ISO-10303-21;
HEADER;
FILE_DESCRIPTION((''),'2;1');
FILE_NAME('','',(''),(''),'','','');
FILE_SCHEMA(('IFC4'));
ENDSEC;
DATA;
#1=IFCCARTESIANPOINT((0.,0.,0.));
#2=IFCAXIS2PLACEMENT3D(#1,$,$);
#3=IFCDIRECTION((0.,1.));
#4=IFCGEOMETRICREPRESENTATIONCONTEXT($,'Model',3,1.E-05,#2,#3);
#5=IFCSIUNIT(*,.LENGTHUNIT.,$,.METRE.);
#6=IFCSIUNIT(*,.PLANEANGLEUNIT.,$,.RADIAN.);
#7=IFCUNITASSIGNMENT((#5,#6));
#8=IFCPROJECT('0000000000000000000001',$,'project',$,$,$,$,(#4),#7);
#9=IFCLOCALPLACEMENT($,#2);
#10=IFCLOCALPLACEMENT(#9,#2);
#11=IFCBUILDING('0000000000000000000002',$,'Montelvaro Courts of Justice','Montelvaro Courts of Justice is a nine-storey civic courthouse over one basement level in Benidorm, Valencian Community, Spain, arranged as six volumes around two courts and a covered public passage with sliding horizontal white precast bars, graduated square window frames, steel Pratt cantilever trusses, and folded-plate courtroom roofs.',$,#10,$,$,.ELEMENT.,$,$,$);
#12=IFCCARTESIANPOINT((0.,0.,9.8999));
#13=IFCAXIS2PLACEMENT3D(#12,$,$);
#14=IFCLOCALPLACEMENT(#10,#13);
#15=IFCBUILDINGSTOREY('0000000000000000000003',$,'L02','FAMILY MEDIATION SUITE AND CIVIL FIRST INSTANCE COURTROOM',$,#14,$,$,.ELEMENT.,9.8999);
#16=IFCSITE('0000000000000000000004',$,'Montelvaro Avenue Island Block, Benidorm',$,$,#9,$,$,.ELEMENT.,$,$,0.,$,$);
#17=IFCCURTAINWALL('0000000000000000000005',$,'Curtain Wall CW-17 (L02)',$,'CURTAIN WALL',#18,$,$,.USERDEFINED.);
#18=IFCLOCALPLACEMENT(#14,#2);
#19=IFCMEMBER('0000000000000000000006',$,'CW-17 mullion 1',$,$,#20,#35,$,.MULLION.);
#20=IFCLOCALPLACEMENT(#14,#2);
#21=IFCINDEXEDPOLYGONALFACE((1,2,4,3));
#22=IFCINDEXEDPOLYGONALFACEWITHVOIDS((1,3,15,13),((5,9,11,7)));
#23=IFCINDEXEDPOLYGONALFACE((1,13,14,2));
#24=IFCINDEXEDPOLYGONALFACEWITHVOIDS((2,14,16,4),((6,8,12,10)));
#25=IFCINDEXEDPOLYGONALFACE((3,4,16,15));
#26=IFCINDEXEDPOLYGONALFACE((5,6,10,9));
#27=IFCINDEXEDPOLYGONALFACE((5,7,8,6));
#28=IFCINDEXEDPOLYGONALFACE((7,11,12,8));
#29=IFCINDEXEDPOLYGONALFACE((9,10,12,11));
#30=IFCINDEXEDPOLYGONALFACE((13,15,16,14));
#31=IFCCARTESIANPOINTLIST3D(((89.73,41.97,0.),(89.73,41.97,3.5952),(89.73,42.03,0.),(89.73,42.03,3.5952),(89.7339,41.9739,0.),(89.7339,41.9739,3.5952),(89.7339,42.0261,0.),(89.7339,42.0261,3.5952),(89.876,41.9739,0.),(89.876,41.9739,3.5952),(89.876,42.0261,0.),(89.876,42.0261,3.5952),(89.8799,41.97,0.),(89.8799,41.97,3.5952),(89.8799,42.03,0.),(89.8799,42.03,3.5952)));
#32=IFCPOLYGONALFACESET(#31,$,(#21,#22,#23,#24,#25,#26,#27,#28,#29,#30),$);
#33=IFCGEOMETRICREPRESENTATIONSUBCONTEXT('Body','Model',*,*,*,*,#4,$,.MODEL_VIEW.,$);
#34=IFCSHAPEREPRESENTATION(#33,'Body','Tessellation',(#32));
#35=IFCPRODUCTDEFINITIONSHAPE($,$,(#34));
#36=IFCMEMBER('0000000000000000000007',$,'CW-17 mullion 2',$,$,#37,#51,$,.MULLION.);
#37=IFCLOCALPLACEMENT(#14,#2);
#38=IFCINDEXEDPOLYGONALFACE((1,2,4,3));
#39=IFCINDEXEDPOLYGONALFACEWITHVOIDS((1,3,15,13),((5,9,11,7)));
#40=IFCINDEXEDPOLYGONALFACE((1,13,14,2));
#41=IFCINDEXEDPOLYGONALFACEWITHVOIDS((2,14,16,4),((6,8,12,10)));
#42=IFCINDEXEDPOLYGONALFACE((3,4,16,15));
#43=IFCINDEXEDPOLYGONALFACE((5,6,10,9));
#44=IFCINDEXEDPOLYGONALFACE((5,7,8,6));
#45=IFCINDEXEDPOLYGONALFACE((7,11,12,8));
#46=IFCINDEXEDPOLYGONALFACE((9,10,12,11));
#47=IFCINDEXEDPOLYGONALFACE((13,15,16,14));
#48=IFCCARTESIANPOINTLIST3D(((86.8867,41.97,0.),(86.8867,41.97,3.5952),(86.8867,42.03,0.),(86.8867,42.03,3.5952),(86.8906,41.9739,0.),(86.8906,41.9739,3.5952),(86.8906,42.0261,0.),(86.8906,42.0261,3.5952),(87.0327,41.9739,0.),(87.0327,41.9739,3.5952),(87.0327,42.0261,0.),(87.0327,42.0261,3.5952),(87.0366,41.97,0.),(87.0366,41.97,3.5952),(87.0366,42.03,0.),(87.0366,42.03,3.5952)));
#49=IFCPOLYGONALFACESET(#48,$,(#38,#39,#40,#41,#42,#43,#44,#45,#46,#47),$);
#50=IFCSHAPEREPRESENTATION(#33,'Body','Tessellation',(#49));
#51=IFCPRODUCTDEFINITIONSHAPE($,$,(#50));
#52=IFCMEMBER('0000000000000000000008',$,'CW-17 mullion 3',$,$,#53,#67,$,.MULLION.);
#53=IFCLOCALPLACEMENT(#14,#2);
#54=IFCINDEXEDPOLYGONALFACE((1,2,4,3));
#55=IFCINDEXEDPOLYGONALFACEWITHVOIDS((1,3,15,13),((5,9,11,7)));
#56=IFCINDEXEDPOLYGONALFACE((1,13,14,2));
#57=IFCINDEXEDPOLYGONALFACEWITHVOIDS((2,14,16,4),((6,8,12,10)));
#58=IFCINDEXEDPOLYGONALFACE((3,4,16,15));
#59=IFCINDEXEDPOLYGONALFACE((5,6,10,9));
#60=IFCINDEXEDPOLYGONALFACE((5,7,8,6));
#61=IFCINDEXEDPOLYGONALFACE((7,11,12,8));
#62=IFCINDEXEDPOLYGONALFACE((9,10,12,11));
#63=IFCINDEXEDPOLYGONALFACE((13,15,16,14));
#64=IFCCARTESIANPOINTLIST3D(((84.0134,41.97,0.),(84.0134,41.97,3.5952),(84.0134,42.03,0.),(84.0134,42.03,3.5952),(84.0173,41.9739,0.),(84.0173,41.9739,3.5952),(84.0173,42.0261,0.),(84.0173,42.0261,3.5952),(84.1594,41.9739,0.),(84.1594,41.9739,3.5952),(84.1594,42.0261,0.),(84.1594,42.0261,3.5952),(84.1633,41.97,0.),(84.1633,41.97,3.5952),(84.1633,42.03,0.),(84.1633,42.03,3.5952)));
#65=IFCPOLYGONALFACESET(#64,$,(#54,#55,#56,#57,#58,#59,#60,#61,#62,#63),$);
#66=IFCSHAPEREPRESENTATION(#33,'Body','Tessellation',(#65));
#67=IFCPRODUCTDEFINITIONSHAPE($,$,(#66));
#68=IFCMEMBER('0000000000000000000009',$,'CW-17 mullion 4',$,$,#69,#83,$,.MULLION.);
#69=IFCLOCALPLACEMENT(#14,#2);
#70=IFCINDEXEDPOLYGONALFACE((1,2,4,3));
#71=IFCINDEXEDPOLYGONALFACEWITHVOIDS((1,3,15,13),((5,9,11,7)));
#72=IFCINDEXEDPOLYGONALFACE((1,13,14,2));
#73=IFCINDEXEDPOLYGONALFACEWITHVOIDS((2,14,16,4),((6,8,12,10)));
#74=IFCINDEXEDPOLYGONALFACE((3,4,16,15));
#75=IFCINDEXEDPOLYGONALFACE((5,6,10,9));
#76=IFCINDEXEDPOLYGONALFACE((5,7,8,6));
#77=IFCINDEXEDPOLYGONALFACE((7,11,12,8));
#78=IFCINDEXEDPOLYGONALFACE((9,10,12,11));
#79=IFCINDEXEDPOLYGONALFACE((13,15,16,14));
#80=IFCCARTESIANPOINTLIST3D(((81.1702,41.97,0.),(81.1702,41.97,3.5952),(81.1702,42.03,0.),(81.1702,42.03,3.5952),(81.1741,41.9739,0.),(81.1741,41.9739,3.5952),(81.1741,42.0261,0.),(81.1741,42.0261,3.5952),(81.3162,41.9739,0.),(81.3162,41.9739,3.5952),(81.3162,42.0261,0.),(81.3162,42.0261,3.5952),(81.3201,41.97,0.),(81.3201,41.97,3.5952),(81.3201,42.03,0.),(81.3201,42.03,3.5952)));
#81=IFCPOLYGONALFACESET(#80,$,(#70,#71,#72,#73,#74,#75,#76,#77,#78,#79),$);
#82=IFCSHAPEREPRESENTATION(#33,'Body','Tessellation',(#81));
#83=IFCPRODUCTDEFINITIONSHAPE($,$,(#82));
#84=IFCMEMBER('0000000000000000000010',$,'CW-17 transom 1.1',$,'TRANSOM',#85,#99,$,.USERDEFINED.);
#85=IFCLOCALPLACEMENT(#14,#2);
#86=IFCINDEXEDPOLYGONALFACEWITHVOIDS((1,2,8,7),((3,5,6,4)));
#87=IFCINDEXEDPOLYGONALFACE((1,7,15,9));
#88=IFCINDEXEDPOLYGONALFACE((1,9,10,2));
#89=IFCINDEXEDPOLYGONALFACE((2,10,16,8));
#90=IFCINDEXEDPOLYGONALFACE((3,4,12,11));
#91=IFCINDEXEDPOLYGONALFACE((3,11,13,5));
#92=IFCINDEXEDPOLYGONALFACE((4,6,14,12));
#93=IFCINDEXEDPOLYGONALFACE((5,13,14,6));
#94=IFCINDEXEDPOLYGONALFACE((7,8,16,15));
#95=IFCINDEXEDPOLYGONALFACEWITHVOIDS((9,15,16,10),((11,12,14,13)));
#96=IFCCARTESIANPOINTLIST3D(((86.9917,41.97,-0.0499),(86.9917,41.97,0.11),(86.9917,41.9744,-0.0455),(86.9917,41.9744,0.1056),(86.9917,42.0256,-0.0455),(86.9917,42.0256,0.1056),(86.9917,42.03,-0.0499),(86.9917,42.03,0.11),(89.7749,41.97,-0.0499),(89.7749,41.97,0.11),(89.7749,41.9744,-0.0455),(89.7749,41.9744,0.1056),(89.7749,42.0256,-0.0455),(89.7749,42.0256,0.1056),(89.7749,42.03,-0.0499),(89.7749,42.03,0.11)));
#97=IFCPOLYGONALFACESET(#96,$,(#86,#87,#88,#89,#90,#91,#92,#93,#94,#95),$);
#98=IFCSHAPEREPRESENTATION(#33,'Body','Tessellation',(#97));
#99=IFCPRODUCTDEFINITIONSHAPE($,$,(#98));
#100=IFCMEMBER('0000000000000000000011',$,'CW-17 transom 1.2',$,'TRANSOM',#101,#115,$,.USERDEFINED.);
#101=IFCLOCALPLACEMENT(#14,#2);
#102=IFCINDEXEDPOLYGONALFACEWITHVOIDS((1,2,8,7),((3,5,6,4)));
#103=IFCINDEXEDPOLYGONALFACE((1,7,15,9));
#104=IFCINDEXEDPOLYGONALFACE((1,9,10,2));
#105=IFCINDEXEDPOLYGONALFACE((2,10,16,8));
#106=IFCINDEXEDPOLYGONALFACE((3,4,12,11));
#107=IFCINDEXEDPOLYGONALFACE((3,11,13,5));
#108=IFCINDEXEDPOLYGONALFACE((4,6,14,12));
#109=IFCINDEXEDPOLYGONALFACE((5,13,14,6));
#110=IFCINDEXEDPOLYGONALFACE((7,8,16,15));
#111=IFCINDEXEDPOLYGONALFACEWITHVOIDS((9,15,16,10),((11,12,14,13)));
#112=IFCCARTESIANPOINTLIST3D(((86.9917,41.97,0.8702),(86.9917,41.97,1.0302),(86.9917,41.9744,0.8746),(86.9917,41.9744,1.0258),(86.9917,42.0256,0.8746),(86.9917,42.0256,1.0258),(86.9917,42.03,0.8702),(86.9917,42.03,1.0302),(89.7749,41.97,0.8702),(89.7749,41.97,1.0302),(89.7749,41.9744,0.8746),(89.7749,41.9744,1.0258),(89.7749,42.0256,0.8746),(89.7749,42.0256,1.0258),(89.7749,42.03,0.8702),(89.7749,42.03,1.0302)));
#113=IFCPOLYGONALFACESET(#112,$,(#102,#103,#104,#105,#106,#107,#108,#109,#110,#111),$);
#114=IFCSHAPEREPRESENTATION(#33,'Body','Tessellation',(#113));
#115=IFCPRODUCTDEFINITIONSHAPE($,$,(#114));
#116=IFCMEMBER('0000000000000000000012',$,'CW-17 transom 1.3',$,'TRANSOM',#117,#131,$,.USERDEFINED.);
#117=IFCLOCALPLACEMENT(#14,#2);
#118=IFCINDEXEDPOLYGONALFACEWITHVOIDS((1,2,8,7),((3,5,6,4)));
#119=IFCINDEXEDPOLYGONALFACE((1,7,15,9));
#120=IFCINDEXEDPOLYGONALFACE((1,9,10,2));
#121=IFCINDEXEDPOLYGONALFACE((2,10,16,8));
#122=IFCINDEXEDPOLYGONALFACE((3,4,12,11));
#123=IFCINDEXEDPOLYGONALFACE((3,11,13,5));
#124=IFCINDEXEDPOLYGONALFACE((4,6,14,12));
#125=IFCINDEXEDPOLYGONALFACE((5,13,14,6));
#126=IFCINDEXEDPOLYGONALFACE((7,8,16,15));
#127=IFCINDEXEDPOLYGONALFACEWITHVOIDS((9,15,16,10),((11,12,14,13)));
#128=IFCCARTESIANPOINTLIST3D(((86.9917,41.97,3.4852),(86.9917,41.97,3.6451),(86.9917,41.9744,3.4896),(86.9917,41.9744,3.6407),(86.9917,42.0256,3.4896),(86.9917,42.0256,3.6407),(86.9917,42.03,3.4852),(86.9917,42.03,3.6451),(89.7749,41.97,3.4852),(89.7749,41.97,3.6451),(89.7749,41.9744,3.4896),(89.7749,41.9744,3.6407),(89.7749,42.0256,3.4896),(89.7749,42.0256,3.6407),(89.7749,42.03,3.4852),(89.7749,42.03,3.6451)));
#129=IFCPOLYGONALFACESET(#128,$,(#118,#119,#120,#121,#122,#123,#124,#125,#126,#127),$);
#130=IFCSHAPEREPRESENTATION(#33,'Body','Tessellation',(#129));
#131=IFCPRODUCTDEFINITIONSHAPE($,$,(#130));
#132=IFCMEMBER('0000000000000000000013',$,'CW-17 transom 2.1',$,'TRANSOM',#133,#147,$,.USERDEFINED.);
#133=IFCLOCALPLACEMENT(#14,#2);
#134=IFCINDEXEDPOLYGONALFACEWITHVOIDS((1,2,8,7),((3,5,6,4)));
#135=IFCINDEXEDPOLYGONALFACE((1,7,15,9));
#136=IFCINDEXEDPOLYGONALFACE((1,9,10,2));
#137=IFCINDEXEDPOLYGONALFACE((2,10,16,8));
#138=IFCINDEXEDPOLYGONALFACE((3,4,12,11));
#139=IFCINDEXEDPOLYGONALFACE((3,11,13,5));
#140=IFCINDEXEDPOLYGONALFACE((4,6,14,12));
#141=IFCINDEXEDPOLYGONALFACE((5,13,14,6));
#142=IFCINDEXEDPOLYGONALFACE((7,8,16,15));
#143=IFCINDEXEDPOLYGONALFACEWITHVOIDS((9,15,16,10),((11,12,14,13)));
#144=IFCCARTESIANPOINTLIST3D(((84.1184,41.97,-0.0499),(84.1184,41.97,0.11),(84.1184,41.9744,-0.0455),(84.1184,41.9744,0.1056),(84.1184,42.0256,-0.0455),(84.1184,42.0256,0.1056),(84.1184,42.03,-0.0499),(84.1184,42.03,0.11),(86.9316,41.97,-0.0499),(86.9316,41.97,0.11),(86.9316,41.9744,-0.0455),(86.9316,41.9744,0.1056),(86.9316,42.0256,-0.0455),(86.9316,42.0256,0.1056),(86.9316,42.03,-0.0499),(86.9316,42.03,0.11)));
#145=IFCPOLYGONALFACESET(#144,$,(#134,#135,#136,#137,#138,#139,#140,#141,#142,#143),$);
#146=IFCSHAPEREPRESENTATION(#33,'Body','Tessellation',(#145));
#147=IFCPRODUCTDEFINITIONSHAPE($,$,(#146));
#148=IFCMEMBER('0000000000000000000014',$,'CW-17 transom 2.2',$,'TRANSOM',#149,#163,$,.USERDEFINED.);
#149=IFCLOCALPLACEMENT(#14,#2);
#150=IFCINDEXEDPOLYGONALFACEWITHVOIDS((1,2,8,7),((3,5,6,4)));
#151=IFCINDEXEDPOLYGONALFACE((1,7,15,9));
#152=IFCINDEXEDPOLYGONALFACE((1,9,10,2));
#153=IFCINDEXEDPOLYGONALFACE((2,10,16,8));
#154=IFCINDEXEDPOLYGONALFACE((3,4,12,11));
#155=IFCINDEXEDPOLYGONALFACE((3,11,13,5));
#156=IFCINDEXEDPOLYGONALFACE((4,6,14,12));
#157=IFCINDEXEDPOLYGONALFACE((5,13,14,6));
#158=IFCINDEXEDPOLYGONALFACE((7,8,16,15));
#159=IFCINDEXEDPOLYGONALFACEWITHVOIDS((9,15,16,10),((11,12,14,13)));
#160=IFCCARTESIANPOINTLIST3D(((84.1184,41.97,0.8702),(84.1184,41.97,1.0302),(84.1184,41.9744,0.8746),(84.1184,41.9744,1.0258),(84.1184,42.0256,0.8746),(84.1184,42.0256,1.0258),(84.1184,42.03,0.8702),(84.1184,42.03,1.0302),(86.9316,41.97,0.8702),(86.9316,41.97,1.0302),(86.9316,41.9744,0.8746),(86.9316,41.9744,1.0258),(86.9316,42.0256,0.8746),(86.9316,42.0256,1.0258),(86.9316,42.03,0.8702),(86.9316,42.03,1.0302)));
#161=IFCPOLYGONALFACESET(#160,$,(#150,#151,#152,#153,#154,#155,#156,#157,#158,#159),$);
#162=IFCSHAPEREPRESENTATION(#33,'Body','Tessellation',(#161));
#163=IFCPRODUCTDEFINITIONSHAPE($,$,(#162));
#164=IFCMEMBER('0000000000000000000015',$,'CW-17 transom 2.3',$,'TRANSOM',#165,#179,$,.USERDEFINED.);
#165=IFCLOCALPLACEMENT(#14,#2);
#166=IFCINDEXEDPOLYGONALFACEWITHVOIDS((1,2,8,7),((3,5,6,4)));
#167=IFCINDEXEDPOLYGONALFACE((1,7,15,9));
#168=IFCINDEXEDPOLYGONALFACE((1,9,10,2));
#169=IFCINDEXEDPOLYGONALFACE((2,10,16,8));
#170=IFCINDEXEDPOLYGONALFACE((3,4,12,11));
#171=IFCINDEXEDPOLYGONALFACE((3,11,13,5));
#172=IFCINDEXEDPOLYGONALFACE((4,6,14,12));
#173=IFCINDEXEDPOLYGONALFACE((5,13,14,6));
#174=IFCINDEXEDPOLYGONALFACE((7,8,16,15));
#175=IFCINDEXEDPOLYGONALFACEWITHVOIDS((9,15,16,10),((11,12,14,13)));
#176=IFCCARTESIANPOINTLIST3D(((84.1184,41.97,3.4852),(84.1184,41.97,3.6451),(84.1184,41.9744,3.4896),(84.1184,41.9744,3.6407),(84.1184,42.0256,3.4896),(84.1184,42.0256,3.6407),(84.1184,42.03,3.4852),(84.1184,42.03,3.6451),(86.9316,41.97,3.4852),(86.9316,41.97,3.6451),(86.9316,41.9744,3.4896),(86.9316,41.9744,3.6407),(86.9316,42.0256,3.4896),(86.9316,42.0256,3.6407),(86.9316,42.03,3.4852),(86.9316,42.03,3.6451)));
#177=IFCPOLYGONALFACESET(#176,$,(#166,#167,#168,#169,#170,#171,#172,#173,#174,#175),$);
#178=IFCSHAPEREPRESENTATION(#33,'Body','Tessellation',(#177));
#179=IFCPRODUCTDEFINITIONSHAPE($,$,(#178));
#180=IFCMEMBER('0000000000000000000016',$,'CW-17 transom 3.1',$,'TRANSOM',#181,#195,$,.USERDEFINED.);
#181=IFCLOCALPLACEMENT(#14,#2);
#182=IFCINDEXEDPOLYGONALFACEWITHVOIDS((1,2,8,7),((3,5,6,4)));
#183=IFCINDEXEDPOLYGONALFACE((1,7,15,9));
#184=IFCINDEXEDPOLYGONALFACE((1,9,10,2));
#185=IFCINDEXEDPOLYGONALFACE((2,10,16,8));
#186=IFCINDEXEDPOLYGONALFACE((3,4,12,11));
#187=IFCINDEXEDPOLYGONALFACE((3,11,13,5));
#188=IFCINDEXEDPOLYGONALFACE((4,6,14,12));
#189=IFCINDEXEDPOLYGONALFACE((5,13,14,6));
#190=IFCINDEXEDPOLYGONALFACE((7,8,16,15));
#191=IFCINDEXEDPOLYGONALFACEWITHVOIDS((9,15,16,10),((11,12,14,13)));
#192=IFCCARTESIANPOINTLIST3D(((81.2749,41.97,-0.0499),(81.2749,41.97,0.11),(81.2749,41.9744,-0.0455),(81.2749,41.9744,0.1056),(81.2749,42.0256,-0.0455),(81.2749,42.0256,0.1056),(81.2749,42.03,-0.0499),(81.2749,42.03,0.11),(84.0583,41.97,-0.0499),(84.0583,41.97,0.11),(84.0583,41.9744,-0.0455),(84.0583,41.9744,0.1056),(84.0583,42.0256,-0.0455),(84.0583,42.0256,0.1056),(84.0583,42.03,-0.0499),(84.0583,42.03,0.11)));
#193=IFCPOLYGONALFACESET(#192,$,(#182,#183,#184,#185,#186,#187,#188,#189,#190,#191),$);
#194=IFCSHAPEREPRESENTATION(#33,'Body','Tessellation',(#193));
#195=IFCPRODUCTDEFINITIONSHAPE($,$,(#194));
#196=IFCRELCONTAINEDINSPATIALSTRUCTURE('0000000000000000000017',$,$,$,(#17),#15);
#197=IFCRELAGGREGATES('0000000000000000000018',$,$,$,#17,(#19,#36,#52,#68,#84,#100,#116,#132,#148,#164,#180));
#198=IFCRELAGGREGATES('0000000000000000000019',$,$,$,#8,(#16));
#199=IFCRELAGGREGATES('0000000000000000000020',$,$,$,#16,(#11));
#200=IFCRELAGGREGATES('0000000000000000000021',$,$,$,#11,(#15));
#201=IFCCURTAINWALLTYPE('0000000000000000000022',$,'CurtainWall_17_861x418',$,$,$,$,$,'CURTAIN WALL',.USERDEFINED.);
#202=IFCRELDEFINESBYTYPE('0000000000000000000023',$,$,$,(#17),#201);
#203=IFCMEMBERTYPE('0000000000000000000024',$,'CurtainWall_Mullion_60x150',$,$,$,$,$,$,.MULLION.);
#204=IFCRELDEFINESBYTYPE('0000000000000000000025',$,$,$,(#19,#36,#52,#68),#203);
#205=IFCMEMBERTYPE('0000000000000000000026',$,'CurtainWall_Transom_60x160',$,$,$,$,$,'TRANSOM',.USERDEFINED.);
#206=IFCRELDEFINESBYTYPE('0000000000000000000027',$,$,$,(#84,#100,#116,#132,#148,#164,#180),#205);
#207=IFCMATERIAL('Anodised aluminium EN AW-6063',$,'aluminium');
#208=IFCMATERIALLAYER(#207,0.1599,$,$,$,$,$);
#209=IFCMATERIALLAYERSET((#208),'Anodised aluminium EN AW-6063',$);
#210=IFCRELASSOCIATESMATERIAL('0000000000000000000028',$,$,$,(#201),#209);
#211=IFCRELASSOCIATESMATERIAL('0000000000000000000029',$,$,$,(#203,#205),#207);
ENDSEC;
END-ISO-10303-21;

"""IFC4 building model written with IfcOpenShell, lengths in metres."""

from ifc_helpers import new_model, si_unit, direction, frame, origin, origin_2d, place, context, subcontext, project, spatial, hollow_rectangle, extrude, material, layer, layer_set, material_profile, profile_set, type_object, element, aggregate, save


model = new_model("IFC4")

# Units and contexts
model_context = context("Model", 3, precision=1e-05, world=origin(), true_north=direction((0.0, 1.0)))
body_context = subcontext(model_context, "Body", "Model", "MODEL_VIEW")
ifc_project = project(units=[si_unit("LENGTHUNIT", "METRE"), si_unit("PLANEANGLEUNIT", "RADIAN")], contexts=[model_context])

# Site, building, storey
site_placement = place(None, origin())
site = spatial("IfcSite", under=ifc_project, at=site_placement, Name="Montelvaro Avenue Island Block, Benidorm", CompositionType="ELEMENT", RefElevation=0.0)
building_placement = place(site_placement, origin())
building = spatial("IfcBuilding", under=site, at=building_placement, Name="Montelvaro Courts of Justice", Description="Montelvaro Courts of Justice is a nine-storey civic courthouse over one basement level in Benidorm, Valencian Community, Spain, arranged as six volumes around two courts and a covered public passage with sliding horizontal white precast bars, graduated square window frames, steel Pratt cantilever trusses, and folded-plate courtroom roofs.", CompositionType="ELEMENT")
storey_placement = place(building_placement, frame((0.0, 0.0, 9.8999)))
storey = spatial("IfcBuildingStorey", under=building, at=storey_placement, Name="L02", Description="FAMILY MEDIATION SUITE AND CIVIL FIRST INSTANCE COURTROOM", CompositionType="ELEMENT", Elevation=9.8999)

# Shared definitions
ifc_material_1 = material(Name="Anodised aluminium EN AW-6063", Category="aluminium")
ifc_layer_1 = layer(ifc_material_1, 0.1599)
ifc_layer_set_1 = layer_set([ifc_layer_1], Name="Anodised aluminium EN AW-6063")
curtain_wall_type = type_object("IfcCurtainWallType", Name="CurtainWall_17_861x418", ElementType="CURTAIN WALL", PredefinedType="USERDEFINED", material=ifc_layer_set_1)

# Curtain wall, members
curtain_wall_1_placement = place(storey_placement, origin())
curtain_wall_1 = element("IfcCurtainWall", 1, at=curtain_wall_1_placement, inside=storey, type_object=curtain_wall_type, Name="Curtain Wall CW-17 (L02)", ObjectType="CURTAIN WALL", PredefinedType="USERDEFINED")
ifc_material_profile_1 = material_profile(ifc_material_1, hollow_rectangle(XDim=0.0601, YDim=0.1499, WallThickness=0.0039, at=origin_2d()), Name="ALU-M 60x150")
ifc_profile_set_1 = profile_set([ifc_material_profile_1], Name="Anodised aluminium EN AW-6063")
member_type_1 = type_object("IfcMemberType", Name="CurtainWall_Mullion_60x150", PredefinedType="MULLION", material=ifc_profile_set_1)
member_1_placement = place(storey_placement, frame((89.8049, 42.0, 0.0), z_axis=(0.0, 0.0, 1.0), x_axis=(0.0, -1.0, 0.0)))
member_1 = element("IfcMember", 2, at=member_1_placement, type_object=member_type_1, Name="CW-17 mullion 1", PredefinedType="MULLION", context=body_context, shape_type="SweptSolid", body=[
    extrude(hollow_rectangle(XDim=0.0601, YDim=0.1499, WallThickness=0.0039, at=origin_2d()), origin(), (0.0, 0.0, 1.0), 3.5952),
])
member_2_placement = place(storey_placement, frame((86.9617, 42.0, 0.0), z_axis=(0.0, 0.0, 1.0), x_axis=(0.0, -1.0, 0.0)))
member_2 = element("IfcMember", 3, at=member_2_placement, type_object=member_type_1, Name="CW-17 mullion 2", PredefinedType="MULLION", context=body_context, shape_type="SweptSolid", body=[
    extrude(hollow_rectangle(XDim=0.0601, YDim=0.1499, WallThickness=0.0039, at=origin_2d()), origin(), (0.0, 0.0, 1.0), 3.5952),
])
member_3_placement = place(storey_placement, frame((84.0884, 42.0, 0.0), z_axis=(0.0, 0.0, 1.0), x_axis=(0.0, -1.0, 0.0)))
member_3 = element("IfcMember", 4, at=member_3_placement, type_object=member_type_1, Name="CW-17 mullion 3", PredefinedType="MULLION", context=body_context, shape_type="SweptSolid", body=[
    extrude(hollow_rectangle(XDim=0.0601, YDim=0.1499, WallThickness=0.0039, at=origin_2d()), origin(), (0.0, 0.0, 1.0), 3.5952),
])
member_4_placement = place(storey_placement, frame((81.2451, 42.0, 0.0), z_axis=(0.0, 0.0, 1.0), x_axis=(0.0, -1.0, 0.0)))
member_4 = element("IfcMember", 5, at=member_4_placement, type_object=member_type_1, Name="CW-17 mullion 4", PredefinedType="MULLION", context=body_context, shape_type="SweptSolid", body=[
    extrude(hollow_rectangle(XDim=0.0601, YDim=0.1499, WallThickness=0.0039, at=origin_2d()), origin(), (0.0, 0.0, 1.0), 3.5952),
])
ifc_material_profile_2 = material_profile(ifc_material_1, hollow_rectangle(XDim=0.0601, YDim=0.1599, WallThickness=0.0044, at=origin_2d()), Name="ALU-T 60x160")
ifc_profile_set_2 = profile_set([ifc_material_profile_2], Name="Anodised aluminium EN AW-6063")
member_type_2 = type_object("IfcMemberType", Name="CurtainWall_Transom_60x160", ElementType="TRANSOM", PredefinedType="USERDEFINED", material=ifc_profile_set_2)
member_5_placement = place(storey_placement, frame((89.7749, 42.0, 0.03), z_axis=(-1.0, 0.0, 0.0), x_axis=(0.0, -1.0, 0.0)))
member_5 = element("IfcMember", 6, at=member_5_placement, type_object=member_type_2, Name="CW-17 transom 1.1", ObjectType="TRANSOM", PredefinedType="USERDEFINED", context=body_context, shape_type="SweptSolid", body=[
    extrude(hollow_rectangle(XDim=0.0601, YDim=0.1599, WallThickness=0.0044, at=origin_2d()), origin(), (0.0, 0.0, 1.0), 2.7832),
])
member_6_placement = place(storey_placement, frame((89.7749, 42.0, 0.9502), z_axis=(-1.0, 0.0, 0.0), x_axis=(0.0, -1.0, 0.0)))
member_6 = element("IfcMember", 7, at=member_6_placement, type_object=member_type_2, Name="CW-17 transom 1.2", ObjectType="TRANSOM", PredefinedType="USERDEFINED", context=body_context, shape_type="SweptSolid", body=[
    extrude(hollow_rectangle(XDim=0.0601, YDim=0.1599, WallThickness=0.0044, at=origin_2d()), origin(), (0.0, 0.0, 1.0), 2.7832),
])
member_7_placement = place(storey_placement, frame((89.7749, 42.0, 3.5652), z_axis=(-1.0, 0.0, 0.0), x_axis=(0.0, -1.0, 0.0)))
member_7 = element("IfcMember", 8, at=member_7_placement, type_object=member_type_2, Name="CW-17 transom 1.3", ObjectType="TRANSOM", PredefinedType="USERDEFINED", context=body_context, shape_type="SweptSolid", body=[
    extrude(hollow_rectangle(XDim=0.0601, YDim=0.1599, WallThickness=0.0044, at=origin_2d()), origin(), (0.0, 0.0, 1.0), 2.7832),
])
member_8_placement = place(storey_placement, frame((86.9316, 42.0, 0.03), z_axis=(-1.0, 0.0, 0.0), x_axis=(0.0, -1.0, 0.0)))
member_8 = element("IfcMember", 9, at=member_8_placement, type_object=member_type_2, Name="CW-17 transom 2.1", ObjectType="TRANSOM", PredefinedType="USERDEFINED", context=body_context, shape_type="SweptSolid", body=[
    extrude(hollow_rectangle(XDim=0.0601, YDim=0.1599, WallThickness=0.0044, at=origin_2d()), origin(), (0.0, 0.0, 1.0), 2.8132),
])
member_9_placement = place(storey_placement, frame((86.9316, 42.0, 0.9502), z_axis=(-1.0, 0.0, 0.0), x_axis=(0.0, -1.0, 0.0)))
member_9 = element("IfcMember", 10, at=member_9_placement, type_object=member_type_2, Name="CW-17 transom 2.2", ObjectType="TRANSOM", PredefinedType="USERDEFINED", context=body_context, shape_type="SweptSolid", body=[
    extrude(hollow_rectangle(XDim=0.0601, YDim=0.1599, WallThickness=0.0044, at=origin_2d()), origin(), (0.0, 0.0, 1.0), 2.8132),
])
member_10_placement = place(storey_placement, frame((86.9316, 42.0, 3.5652), z_axis=(-1.0, 0.0, 0.0), x_axis=(0.0, -1.0, 0.0)))
member_10 = element("IfcMember", 11, at=member_10_placement, type_object=member_type_2, Name="CW-17 transom 2.3", ObjectType="TRANSOM", PredefinedType="USERDEFINED", context=body_context, shape_type="SweptSolid", body=[
    extrude(hollow_rectangle(XDim=0.0601, YDim=0.1599, WallThickness=0.0044, at=origin_2d()), origin(), (0.0, 0.0, 1.0), 2.8132),
])
member_11_placement = place(storey_placement, frame((84.0583, 42.0, 0.03), z_axis=(-1.0, 0.0, 0.0), x_axis=(0.0, -1.0, 0.0)))
member_11 = element("IfcMember", 12, at=member_11_placement, type_object=member_type_2, Name="CW-17 transom 3.1", ObjectType="TRANSOM", PredefinedType="USERDEFINED", context=body_context, shape_type="SweptSolid", body=[
    extrude(hollow_rectangle(XDim=0.0601, YDim=0.1599, WallThickness=0.0044, at=origin_2d()), origin(), (0.0, 0.0, 1.0), 2.7834),
])

aggregate(curtain_wall_1, [member_1, member_2, member_3, member_4, member_5, member_6, member_7, member_8, member_9, member_10, member_11])

save(model, "model.ifc")
